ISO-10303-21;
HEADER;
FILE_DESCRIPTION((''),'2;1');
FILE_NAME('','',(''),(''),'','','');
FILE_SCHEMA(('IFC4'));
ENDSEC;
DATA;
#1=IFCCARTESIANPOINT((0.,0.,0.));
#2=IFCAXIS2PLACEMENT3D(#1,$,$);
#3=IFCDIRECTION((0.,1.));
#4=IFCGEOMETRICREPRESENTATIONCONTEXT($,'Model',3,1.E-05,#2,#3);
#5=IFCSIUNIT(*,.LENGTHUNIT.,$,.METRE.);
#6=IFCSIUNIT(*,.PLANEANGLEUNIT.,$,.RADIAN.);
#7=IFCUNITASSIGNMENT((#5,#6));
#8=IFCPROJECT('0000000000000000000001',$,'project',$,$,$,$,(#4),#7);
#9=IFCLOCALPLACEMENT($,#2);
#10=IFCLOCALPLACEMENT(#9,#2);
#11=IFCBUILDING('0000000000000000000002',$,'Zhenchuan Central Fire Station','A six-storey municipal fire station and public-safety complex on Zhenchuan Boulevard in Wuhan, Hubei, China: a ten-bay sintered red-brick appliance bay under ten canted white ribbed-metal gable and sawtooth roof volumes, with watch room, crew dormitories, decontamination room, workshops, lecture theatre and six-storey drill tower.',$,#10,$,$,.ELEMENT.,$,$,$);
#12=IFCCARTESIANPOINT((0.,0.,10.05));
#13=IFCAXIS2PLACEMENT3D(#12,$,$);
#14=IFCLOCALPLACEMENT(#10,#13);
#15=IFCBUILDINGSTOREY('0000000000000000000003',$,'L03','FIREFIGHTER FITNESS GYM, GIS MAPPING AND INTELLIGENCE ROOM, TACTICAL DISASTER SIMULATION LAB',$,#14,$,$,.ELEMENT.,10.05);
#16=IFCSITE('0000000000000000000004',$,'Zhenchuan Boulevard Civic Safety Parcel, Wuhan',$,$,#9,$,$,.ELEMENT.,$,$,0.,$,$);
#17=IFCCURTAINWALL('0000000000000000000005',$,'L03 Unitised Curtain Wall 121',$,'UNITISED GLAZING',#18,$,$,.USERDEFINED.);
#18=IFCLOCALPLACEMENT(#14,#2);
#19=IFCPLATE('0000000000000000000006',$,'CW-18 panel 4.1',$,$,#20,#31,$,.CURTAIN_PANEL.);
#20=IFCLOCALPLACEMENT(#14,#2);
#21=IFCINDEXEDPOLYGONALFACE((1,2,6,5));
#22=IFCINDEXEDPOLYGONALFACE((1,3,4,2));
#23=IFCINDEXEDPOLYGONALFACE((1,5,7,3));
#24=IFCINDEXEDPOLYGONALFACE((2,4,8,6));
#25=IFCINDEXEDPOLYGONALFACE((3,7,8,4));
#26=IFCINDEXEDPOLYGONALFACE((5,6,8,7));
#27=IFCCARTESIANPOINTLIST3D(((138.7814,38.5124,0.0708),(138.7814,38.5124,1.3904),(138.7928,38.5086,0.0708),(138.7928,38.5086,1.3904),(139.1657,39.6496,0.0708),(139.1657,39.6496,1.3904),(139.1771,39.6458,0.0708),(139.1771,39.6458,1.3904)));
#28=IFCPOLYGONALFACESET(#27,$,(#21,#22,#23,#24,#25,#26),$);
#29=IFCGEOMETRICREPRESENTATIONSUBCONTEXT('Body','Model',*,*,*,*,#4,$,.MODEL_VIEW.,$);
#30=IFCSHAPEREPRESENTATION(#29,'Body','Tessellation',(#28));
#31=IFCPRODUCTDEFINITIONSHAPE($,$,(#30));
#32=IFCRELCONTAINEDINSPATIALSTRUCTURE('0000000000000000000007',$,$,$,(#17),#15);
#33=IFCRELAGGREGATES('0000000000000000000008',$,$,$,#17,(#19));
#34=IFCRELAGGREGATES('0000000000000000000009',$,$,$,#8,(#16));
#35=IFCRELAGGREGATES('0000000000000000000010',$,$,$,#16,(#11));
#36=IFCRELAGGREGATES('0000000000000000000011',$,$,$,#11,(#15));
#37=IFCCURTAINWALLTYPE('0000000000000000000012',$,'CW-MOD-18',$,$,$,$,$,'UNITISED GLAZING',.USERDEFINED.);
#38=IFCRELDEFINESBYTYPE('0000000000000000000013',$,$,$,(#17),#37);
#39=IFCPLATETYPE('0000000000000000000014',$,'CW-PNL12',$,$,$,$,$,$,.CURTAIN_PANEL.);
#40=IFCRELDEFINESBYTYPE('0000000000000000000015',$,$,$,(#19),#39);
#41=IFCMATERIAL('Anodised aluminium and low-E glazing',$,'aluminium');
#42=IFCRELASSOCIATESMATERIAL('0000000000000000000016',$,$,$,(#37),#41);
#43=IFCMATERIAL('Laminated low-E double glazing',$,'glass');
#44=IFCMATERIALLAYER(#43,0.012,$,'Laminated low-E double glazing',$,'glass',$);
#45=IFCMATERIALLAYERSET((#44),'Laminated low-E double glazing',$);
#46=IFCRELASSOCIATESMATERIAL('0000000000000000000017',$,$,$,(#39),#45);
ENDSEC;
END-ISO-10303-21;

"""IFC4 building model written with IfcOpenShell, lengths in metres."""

from ifc_helpers import new_model, si_unit, direction, frame, origin, origin_2d, place, context, subcontext, project, spatial, rectangle, extrude, material, layer, layer_set, type_object, element, aggregate, save


model = new_model("IFC4")

# Units and contexts
model_context = context("Model", 3, precision=1e-05, world=origin(), true_north=direction((0.0, 1.0)))
body_context = subcontext(model_context, "Body", "Model", "MODEL_VIEW")
ifc_project = project(units=[si_unit("LENGTHUNIT", "METRE"), si_unit("PLANEANGLEUNIT", "RADIAN")], contexts=[model_context])

# Site, building, storey
site_placement = place(None, origin())
site = spatial("IfcSite", under=ifc_project, at=site_placement, Name="Zhenchuan Boulevard Civic Safety Parcel, Wuhan", CompositionType="ELEMENT", RefElevation=0.0)
building_placement = place(site_placement, origin())
building = spatial("IfcBuilding", under=site, at=building_placement, Name="Zhenchuan Central Fire Station", Description="A six-storey municipal fire station and public-safety complex on Zhenchuan Boulevard in Wuhan, Hubei, China: a ten-bay sintered red-brick appliance bay under ten canted white ribbed-metal gable and sawtooth roof volumes, with watch room, crew dormitories, decontamination room, workshops, lecture theatre and six-storey drill tower.", CompositionType="ELEMENT")
storey_placement = place(building_placement, frame((0.0, 0.0, 10.05)))
storey = spatial("IfcBuildingStorey", under=building, at=storey_placement, Name="L03", Description="FIREFIGHTER FITNESS GYM, GIS MAPPING AND INTELLIGENCE ROOM, TACTICAL DISASTER SIMULATION LAB", CompositionType="ELEMENT", Elevation=10.05)

# Shared definitions
ifc_material_1 = material(Name="Anodised aluminium and low-E glazing", Category="aluminium")

# Curtain wall
curtain_wall_type_1 = type_object("IfcCurtainWallType", Name="CW-MOD-18", ElementType="UNITISED GLAZING", PredefinedType="USERDEFINED", material=ifc_material_1)
curtain_wall_1_placement = place(storey_placement, origin())
curtain_wall_1 = element("IfcCurtainWall", 1, at=curtain_wall_1_placement, inside=storey, type_object=curtain_wall_type_1, Name="L03 Unitised Curtain Wall 121", ObjectType="UNITISED GLAZING", PredefinedType="USERDEFINED")

# Plate
ifc_material_2 = material(Name="Laminated low-E double glazing", Category="glass")
ifc_layer = layer(ifc_material_2, 0.012, Name="Laminated low-E double glazing", Category="glass")
ifc_layer_set = layer_set([ifc_layer], Name="Laminated low-E double glazing")
plate_type = type_object("IfcPlateType", Name="CW-PNL12", PredefinedType="CURTAIN_PANEL", material=ifc_layer_set)
plate_1_placement = place(storey_placement, frame((138.9792, 39.0791, 0.0708), z_axis=(0.0, 0.0, 1.0), x_axis=(0.320145, 0.947368, 0.0)))
plate_1 = element("IfcPlate", 2, at=plate_1_placement, type_object=plate_type, Name="CW-18 panel 4.1", PredefinedType="CURTAIN_PANEL", context=body_context, shape_type="SweptSolid", body=[
    extrude(rectangle(XDim=1.2004, YDim=0.012, at=origin_2d()), origin(), (0.0, 0.0, 1.0), 1.3196),
])
aggregate(curtain_wall_1, [plate_1])

save(model, "model.ifc")
